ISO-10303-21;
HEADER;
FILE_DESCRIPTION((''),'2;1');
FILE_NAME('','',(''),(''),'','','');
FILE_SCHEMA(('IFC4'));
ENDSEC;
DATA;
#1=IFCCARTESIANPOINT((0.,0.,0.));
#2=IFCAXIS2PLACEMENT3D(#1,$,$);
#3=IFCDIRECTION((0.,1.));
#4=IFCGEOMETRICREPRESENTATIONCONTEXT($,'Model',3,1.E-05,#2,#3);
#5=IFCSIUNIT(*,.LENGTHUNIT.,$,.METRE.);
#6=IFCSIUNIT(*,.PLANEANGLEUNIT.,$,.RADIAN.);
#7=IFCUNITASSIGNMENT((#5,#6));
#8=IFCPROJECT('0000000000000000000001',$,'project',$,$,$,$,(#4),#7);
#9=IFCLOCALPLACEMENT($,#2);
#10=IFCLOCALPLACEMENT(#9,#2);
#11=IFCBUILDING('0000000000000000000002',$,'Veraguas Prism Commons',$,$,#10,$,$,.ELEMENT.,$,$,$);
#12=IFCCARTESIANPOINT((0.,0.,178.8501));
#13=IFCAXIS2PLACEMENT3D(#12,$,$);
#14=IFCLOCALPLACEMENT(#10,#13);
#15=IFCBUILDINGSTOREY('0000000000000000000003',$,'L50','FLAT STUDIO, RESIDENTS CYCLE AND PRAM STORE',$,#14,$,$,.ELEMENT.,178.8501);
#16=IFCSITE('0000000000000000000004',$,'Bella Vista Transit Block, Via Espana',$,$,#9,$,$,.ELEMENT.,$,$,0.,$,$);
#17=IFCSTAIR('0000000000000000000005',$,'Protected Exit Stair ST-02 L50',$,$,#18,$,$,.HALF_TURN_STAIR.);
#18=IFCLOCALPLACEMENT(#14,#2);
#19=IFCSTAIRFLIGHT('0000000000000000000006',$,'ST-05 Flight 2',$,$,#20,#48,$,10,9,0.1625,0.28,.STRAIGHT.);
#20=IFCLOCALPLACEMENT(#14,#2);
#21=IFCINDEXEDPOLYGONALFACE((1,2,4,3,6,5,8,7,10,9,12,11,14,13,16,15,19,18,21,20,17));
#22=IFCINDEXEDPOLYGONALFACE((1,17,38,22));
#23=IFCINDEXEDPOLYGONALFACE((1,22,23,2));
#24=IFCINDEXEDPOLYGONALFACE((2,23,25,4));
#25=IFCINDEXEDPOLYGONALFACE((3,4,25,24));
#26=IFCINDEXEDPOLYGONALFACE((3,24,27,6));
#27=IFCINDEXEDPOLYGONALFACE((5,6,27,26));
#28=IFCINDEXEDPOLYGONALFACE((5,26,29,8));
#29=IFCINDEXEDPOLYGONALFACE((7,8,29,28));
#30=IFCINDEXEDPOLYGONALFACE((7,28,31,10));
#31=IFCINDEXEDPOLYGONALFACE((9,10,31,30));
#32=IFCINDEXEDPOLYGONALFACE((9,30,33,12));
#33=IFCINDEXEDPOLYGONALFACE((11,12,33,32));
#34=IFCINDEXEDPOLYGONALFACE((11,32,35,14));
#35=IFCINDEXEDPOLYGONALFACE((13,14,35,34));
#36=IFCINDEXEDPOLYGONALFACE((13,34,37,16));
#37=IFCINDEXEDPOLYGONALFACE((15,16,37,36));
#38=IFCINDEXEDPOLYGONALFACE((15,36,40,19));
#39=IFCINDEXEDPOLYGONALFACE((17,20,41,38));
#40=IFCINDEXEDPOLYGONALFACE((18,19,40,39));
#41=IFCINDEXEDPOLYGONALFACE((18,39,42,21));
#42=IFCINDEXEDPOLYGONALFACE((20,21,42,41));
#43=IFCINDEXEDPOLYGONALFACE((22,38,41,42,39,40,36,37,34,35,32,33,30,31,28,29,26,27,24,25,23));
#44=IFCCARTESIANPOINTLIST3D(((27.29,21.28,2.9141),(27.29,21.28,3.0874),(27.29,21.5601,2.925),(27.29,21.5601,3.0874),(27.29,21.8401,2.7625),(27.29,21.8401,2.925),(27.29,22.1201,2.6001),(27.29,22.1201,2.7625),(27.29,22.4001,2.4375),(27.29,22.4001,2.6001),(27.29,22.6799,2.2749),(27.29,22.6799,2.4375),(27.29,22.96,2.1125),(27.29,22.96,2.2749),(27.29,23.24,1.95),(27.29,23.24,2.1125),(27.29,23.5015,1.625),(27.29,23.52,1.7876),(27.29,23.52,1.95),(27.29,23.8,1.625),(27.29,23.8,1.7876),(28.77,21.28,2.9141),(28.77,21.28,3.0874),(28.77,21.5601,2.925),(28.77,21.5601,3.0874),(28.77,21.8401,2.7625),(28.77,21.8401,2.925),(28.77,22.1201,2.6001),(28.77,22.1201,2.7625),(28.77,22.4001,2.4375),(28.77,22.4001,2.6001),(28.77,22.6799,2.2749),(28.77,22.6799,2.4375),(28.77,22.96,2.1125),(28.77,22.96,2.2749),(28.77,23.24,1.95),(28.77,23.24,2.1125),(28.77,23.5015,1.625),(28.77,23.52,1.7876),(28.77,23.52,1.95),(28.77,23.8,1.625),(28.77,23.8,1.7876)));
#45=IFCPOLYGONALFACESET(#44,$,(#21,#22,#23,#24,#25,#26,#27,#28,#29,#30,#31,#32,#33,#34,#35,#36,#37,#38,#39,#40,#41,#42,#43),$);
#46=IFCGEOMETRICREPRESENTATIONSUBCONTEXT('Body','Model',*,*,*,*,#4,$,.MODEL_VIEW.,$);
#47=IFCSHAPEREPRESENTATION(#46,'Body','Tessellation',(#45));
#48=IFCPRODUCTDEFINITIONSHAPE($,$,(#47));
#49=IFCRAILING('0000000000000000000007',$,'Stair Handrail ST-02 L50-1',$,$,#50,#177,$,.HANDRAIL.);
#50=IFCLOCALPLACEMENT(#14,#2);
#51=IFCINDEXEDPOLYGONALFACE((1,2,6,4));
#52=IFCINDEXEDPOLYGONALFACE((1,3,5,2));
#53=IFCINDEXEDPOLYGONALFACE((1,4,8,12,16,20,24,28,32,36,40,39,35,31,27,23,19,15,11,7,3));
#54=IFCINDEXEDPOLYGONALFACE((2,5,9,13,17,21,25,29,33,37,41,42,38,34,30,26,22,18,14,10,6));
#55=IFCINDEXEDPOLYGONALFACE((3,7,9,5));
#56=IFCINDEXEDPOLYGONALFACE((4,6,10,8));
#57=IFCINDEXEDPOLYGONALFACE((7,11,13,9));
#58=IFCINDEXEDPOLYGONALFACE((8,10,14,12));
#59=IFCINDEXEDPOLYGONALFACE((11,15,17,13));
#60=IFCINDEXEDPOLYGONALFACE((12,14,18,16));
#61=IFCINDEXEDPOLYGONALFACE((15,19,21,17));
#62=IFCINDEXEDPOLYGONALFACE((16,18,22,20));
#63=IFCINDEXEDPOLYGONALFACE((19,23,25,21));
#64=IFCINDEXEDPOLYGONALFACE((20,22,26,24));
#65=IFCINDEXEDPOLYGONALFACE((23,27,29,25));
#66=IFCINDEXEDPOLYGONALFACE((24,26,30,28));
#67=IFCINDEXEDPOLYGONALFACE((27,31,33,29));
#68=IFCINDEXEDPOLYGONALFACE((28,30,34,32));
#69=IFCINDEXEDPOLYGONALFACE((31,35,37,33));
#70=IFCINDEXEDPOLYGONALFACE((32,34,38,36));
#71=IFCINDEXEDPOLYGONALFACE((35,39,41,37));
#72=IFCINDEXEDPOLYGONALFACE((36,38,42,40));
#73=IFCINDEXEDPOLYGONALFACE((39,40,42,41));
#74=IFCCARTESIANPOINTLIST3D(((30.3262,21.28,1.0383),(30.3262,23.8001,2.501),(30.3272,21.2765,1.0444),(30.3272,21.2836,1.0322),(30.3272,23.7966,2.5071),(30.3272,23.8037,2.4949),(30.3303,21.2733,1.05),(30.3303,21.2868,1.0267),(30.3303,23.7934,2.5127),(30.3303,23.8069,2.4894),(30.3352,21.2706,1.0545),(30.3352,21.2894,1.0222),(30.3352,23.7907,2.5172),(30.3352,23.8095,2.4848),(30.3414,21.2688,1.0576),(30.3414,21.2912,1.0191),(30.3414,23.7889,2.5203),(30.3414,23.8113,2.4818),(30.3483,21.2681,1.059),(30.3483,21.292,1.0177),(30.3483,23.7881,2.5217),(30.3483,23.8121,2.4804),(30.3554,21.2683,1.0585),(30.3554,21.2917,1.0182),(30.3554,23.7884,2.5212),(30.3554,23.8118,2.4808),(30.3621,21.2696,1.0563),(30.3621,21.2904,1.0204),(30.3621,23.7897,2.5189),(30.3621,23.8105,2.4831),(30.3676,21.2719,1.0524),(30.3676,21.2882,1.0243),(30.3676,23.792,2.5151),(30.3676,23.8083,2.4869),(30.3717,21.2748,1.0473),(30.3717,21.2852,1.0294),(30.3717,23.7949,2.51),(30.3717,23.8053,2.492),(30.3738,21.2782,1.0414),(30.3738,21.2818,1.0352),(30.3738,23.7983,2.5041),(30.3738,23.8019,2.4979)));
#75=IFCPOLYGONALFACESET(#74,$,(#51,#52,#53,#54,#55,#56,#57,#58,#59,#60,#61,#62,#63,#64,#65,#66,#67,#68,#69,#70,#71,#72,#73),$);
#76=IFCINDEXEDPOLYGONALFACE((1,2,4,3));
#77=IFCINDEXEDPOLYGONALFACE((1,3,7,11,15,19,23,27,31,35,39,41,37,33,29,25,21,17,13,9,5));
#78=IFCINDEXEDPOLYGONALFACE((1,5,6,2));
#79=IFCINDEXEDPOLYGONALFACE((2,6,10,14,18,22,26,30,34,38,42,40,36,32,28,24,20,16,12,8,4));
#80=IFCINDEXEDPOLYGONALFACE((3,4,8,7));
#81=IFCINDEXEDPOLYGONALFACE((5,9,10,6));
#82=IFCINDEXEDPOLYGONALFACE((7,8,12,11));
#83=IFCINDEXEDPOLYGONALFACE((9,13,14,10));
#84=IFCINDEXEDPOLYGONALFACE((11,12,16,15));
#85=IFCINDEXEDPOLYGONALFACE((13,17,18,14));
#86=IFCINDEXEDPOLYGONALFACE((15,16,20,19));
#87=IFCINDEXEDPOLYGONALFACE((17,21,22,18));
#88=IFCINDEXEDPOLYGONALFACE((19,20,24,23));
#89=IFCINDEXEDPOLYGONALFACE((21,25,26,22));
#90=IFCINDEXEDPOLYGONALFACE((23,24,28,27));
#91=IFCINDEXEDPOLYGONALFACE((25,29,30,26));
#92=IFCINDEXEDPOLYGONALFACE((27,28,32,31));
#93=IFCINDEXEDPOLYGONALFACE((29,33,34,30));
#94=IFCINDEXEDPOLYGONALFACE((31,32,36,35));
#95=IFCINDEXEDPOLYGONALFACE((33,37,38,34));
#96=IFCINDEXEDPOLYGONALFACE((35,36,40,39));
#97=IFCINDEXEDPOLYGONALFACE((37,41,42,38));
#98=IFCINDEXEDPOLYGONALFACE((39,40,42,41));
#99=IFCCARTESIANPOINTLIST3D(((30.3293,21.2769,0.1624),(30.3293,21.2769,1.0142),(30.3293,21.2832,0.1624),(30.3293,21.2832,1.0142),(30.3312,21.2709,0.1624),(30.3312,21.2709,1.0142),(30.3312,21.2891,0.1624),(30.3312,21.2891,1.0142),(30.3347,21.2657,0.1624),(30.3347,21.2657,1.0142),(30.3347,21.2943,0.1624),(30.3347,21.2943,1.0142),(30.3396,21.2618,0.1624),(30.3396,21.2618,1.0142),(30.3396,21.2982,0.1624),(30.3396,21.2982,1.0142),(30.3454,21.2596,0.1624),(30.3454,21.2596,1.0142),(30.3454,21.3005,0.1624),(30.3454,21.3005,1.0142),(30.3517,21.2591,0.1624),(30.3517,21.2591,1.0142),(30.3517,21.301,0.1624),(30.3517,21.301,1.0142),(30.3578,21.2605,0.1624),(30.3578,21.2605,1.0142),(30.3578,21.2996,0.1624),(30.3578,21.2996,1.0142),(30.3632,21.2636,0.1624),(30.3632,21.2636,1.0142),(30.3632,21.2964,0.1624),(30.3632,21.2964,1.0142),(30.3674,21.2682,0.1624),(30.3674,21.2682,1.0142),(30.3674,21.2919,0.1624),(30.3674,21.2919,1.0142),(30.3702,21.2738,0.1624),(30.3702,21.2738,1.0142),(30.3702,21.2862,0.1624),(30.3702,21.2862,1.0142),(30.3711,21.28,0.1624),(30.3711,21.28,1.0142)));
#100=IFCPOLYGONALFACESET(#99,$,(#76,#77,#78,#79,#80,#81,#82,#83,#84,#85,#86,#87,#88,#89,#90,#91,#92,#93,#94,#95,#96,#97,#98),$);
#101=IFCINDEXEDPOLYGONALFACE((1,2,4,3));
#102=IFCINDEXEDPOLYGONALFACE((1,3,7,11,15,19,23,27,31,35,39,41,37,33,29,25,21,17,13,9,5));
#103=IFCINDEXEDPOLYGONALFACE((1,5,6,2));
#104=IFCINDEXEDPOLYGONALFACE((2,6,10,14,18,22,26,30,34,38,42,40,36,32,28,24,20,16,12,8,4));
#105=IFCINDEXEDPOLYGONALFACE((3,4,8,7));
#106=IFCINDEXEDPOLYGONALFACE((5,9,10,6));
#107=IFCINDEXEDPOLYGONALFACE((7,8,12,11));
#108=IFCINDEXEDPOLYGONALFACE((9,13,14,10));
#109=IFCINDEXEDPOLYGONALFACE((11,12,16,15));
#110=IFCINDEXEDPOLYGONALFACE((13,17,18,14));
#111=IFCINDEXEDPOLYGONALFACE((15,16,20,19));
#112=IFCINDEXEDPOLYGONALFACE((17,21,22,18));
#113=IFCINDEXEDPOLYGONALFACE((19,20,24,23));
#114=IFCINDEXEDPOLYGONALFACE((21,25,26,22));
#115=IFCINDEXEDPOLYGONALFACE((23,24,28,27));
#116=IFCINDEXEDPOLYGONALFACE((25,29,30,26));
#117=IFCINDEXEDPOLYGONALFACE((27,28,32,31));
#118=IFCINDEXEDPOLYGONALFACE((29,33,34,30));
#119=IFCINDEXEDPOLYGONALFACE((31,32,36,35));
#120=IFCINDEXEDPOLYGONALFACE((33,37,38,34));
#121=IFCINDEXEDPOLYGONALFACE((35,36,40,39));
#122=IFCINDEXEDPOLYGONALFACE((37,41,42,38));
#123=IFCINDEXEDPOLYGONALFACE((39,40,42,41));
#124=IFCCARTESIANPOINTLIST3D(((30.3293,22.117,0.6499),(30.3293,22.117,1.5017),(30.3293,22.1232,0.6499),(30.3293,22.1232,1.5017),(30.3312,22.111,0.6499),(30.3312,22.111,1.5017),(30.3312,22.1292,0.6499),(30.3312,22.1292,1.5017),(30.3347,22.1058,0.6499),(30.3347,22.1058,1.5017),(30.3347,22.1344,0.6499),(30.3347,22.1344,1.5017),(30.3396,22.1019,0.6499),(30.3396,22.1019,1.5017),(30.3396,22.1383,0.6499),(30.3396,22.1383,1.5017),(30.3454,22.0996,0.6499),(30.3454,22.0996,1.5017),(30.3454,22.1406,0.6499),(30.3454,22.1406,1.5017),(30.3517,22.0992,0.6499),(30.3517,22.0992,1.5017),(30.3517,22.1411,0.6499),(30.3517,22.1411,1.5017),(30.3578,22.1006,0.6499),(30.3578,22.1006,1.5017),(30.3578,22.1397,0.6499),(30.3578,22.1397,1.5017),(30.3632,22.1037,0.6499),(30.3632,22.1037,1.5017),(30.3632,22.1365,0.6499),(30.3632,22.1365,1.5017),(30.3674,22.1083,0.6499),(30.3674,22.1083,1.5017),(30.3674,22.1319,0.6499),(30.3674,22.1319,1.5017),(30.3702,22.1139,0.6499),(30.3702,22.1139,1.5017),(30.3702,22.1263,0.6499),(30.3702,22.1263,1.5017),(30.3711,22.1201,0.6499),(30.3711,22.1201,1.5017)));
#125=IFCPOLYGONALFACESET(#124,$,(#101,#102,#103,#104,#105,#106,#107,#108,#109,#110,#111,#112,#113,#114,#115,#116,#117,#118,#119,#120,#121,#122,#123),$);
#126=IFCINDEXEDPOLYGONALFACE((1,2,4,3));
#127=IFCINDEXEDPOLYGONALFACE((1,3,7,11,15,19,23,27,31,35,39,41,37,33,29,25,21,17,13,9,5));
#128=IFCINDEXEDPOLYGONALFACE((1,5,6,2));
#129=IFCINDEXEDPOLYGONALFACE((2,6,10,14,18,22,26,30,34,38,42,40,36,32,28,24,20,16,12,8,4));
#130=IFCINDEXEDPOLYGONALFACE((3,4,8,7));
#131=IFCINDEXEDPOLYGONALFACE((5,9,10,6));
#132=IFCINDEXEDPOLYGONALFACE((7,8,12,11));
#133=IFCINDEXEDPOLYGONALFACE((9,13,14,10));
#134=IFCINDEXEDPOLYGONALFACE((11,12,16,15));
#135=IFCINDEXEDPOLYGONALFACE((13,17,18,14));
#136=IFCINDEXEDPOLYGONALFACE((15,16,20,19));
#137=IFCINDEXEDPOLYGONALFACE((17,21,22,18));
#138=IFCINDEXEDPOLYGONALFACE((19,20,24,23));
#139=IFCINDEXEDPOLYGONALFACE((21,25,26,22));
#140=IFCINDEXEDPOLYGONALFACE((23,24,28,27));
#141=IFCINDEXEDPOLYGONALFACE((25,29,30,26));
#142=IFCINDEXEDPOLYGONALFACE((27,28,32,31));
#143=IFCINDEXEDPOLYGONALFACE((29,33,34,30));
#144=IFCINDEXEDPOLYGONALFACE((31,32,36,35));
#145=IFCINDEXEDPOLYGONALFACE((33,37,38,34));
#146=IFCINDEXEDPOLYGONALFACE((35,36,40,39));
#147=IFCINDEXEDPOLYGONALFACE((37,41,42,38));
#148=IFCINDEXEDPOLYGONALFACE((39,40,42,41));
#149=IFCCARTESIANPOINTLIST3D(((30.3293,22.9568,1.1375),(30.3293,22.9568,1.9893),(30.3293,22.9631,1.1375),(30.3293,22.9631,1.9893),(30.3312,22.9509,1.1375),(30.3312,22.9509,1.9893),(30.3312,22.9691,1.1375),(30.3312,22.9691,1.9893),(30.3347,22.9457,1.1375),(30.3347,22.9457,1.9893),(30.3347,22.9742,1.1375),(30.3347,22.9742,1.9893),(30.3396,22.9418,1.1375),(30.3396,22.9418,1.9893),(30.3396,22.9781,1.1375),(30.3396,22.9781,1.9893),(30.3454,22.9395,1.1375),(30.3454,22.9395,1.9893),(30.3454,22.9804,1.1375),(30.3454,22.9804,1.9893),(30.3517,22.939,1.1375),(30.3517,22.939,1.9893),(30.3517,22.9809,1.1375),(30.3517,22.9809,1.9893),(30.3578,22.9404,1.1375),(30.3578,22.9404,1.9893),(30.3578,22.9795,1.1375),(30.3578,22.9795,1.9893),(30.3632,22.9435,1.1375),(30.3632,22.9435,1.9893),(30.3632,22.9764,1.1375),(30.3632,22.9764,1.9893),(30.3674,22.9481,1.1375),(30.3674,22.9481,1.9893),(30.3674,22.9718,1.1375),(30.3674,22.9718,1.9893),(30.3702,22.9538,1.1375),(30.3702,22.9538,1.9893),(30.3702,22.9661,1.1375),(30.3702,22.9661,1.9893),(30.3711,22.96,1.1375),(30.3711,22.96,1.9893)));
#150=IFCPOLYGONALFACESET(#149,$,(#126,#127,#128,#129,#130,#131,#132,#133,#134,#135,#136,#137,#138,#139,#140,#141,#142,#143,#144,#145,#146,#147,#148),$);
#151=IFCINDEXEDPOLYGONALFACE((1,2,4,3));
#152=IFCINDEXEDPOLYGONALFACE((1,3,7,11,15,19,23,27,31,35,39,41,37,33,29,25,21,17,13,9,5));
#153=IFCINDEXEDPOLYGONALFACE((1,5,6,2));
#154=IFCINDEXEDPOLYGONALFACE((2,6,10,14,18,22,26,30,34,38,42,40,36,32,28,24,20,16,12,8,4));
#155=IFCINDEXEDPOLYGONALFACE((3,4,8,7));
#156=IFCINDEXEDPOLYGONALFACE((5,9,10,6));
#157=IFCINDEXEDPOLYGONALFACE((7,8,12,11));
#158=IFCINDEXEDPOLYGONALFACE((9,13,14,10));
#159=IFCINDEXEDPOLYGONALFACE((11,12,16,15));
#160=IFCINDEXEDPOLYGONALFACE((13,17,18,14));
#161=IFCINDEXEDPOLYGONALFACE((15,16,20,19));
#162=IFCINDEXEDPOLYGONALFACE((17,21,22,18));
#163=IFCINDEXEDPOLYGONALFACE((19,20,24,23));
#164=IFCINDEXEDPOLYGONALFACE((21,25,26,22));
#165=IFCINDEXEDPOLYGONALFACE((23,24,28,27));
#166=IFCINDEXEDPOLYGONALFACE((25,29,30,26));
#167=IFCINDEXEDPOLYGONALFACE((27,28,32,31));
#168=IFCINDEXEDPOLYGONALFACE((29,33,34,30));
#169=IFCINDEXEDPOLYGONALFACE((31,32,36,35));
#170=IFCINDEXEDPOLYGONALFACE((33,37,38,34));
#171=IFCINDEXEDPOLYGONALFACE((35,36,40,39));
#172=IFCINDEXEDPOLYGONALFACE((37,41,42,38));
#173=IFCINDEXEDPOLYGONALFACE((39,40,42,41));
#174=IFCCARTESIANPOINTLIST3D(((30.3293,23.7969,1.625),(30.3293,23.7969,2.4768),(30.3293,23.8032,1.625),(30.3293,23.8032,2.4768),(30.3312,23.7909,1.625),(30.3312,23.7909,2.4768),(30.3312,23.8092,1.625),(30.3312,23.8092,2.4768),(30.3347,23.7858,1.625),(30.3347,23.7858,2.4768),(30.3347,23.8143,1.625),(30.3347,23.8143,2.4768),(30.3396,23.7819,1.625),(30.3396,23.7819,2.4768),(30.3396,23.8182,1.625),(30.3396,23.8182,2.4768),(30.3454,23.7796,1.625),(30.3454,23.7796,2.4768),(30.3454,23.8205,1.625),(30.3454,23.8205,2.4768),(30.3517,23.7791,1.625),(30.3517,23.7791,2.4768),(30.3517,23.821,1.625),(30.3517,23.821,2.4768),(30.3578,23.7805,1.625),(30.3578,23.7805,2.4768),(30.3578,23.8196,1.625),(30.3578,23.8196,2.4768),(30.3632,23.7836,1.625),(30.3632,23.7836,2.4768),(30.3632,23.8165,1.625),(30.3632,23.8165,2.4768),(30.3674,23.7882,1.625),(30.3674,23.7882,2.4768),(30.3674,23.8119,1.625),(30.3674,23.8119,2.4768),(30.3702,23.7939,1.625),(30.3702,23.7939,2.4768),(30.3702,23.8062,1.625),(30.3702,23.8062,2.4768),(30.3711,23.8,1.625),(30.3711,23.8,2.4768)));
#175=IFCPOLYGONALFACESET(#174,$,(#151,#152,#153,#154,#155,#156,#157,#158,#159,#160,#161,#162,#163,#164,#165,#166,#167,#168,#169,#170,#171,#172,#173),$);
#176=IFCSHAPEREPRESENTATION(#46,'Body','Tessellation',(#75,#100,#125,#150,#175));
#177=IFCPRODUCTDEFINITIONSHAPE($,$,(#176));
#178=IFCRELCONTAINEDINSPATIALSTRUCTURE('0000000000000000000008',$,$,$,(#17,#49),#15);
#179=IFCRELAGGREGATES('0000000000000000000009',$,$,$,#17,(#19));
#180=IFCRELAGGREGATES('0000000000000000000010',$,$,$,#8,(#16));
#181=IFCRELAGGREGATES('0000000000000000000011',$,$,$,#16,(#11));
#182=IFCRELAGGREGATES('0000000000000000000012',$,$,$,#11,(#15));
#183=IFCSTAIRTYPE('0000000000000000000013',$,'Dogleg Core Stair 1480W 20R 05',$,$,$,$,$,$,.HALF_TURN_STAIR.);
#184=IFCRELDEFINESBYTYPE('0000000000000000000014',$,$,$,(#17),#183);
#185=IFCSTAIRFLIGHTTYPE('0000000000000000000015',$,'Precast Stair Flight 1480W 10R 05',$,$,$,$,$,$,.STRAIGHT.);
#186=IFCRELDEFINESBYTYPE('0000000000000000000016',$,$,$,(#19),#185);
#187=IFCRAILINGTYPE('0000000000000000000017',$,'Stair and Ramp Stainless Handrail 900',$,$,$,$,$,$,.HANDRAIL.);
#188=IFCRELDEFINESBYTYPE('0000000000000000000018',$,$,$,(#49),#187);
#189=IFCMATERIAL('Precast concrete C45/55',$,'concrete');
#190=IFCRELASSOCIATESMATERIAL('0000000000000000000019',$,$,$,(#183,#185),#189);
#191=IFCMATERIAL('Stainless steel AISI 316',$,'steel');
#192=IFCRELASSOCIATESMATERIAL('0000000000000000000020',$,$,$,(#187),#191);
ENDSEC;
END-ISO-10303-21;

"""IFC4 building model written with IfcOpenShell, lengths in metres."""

from ifc_helpers import new_model, si_unit, direction, frame, origin, origin_2d, place, context, subcontext, project, spatial, polyline, circle, outline, extrude, material, type_object, element, aggregate, save


model = new_model("IFC4")

# Units and contexts
model_context = context("Model", 3, precision=1e-05, world=origin(), true_north=direction((0.0, 1.0)))
body_context = subcontext(model_context, "Body", "Model", "MODEL_VIEW")
ifc_project = project(units=[si_unit("LENGTHUNIT", "METRE"), si_unit("PLANEANGLEUNIT", "RADIAN")], contexts=[model_context])

# Site, building, storey
site_placement = place(None, origin())
site = spatial("IfcSite", under=ifc_project, at=site_placement, Name="Bella Vista Transit Block, Via Espana", CompositionType="ELEMENT", RefElevation=0.0)
building_placement = place(site_placement, origin())
building = spatial("IfcBuilding", under=site, at=building_placement, Name="Veraguas Prism Commons", CompositionType="ELEMENT")
storey_placement = place(building_placement, frame((0.0, 0.0, 178.8501)))
storey = spatial("IfcBuildingStorey", under=building, at=storey_placement, Name="L50", Description="FLAT STUDIO, RESIDENTS CYCLE AND PRAM STORE", CompositionType="ELEMENT", Elevation=178.8501)

# Shared definitions
ifc_material_1 = material(Name="Stainless steel AISI 316", Category="steel")

# Stair, stair flight
ifc_material_2 = material(Name="Precast concrete C45/55", Category="concrete")
stair_type = type_object("IfcStairType", Name="Dogleg Core Stair 1480W 20R 05", PredefinedType="HALF_TURN_STAIR", material=ifc_material_2)
stair_placement = place(storey_placement, origin())
stair = element("IfcStair", 1, at=stair_placement, inside=storey, type_object=stair_type, Name="Protected Exit Stair ST-02 L50", PredefinedType="HALF_TURN_STAIR")
stair_flight_type = type_object("IfcStairFlightType", Name="Precast Stair Flight 1480W 10R 05", PredefinedType="STRAIGHT", material=ifc_material_2)
stair_flight_placement = place(storey_placement, frame((28.03, 23.8, 1.625), z_axis=(0.0, 0.0, 1.0), x_axis=(0.0, -1.0, 0.0)))
stair_flight = element("IfcStairFlight", 2, at=stair_flight_placement, type_object=stair_flight_type, Name="ST-05 Flight 2", NumberOfRisers=10, NumberOfTreads=9, PredefinedType="STRAIGHT", RiserHeight=0.1625, TreadLength=0.28, context=body_context, shape_type="SweptSolid", body=[
    extrude(outline(polyline([(0.0, 0.0), (0.0, 0.1626), (0.28, 0.1626), (0.28, 0.325), (0.5601, 0.325), (0.5601, 0.4875), (0.8401, 0.4875), (0.8401, 0.6499), (1.1201, 0.6499), (1.1201, 0.8125), (1.3999, 0.8125), (1.3999, 0.9751), (1.6799, 0.9751), (1.6799, 1.1375), (1.96, 1.1375), (1.96, 1.3), (2.24, 1.3), (2.24, 1.4624), (2.52, 1.4624), (2.52, 1.625), (2.52, 1.2891), (0.2986, 0.0), (0.0, 0.0)])), frame((0.0, 0.74, 0.0), z_axis=(0.0, -1.0, 0.0), x_axis=(1.0, 0.0, 0.0)), (0.0, 0.0, 1.0), 1.48),
])
aggregate(stair, [stair_flight])

# Railing
railing_type_1 = type_object("IfcRailingType", Name="Stair and Ramp Stainless Handrail 900", PredefinedType="HANDRAIL", material=ifc_material_1)
railing_1_placement = place(storey_placement, frame((30.3501, 21.28, 0.1624)))
element("IfcRailing", 3, at=railing_1_placement, inside=storey, type_object=railing_type_1, Name="Stair Handrail ST-02 L50-1", PredefinedType="HANDRAIL", context=body_context, shape_type="SweptSolid", body=[
    extrude(circle(Radius=0.0239, at=origin_2d()), frame((0.0, 0.0, 0.876), z_axis=(0.0, 0.864877, 0.501984), x_axis=(-1.0, 0.0, 0.0)), (0.0, 0.0, 1.0), 2.9138),
    extrude(circle(Radius=0.021, at=origin_2d()), origin(), (0.0, 0.0, 1.0), 0.8518),
    extrude(circle(Radius=0.021, at=origin_2d()), frame((0.0, 0.8401, 0.4875)), (0.0, 0.0, 1.0), 0.8518),
    extrude(circle(Radius=0.021, at=origin_2d()), frame((0.0, 1.6799, 0.9751)), (0.0, 0.0, 1.0), 0.8518),
    extrude(circle(Radius=0.021, at=origin_2d()), frame((0.0, 2.52, 1.4626)), (0.0, 0.0, 1.0), 0.8518),
])

save(model, "model.ifc")
